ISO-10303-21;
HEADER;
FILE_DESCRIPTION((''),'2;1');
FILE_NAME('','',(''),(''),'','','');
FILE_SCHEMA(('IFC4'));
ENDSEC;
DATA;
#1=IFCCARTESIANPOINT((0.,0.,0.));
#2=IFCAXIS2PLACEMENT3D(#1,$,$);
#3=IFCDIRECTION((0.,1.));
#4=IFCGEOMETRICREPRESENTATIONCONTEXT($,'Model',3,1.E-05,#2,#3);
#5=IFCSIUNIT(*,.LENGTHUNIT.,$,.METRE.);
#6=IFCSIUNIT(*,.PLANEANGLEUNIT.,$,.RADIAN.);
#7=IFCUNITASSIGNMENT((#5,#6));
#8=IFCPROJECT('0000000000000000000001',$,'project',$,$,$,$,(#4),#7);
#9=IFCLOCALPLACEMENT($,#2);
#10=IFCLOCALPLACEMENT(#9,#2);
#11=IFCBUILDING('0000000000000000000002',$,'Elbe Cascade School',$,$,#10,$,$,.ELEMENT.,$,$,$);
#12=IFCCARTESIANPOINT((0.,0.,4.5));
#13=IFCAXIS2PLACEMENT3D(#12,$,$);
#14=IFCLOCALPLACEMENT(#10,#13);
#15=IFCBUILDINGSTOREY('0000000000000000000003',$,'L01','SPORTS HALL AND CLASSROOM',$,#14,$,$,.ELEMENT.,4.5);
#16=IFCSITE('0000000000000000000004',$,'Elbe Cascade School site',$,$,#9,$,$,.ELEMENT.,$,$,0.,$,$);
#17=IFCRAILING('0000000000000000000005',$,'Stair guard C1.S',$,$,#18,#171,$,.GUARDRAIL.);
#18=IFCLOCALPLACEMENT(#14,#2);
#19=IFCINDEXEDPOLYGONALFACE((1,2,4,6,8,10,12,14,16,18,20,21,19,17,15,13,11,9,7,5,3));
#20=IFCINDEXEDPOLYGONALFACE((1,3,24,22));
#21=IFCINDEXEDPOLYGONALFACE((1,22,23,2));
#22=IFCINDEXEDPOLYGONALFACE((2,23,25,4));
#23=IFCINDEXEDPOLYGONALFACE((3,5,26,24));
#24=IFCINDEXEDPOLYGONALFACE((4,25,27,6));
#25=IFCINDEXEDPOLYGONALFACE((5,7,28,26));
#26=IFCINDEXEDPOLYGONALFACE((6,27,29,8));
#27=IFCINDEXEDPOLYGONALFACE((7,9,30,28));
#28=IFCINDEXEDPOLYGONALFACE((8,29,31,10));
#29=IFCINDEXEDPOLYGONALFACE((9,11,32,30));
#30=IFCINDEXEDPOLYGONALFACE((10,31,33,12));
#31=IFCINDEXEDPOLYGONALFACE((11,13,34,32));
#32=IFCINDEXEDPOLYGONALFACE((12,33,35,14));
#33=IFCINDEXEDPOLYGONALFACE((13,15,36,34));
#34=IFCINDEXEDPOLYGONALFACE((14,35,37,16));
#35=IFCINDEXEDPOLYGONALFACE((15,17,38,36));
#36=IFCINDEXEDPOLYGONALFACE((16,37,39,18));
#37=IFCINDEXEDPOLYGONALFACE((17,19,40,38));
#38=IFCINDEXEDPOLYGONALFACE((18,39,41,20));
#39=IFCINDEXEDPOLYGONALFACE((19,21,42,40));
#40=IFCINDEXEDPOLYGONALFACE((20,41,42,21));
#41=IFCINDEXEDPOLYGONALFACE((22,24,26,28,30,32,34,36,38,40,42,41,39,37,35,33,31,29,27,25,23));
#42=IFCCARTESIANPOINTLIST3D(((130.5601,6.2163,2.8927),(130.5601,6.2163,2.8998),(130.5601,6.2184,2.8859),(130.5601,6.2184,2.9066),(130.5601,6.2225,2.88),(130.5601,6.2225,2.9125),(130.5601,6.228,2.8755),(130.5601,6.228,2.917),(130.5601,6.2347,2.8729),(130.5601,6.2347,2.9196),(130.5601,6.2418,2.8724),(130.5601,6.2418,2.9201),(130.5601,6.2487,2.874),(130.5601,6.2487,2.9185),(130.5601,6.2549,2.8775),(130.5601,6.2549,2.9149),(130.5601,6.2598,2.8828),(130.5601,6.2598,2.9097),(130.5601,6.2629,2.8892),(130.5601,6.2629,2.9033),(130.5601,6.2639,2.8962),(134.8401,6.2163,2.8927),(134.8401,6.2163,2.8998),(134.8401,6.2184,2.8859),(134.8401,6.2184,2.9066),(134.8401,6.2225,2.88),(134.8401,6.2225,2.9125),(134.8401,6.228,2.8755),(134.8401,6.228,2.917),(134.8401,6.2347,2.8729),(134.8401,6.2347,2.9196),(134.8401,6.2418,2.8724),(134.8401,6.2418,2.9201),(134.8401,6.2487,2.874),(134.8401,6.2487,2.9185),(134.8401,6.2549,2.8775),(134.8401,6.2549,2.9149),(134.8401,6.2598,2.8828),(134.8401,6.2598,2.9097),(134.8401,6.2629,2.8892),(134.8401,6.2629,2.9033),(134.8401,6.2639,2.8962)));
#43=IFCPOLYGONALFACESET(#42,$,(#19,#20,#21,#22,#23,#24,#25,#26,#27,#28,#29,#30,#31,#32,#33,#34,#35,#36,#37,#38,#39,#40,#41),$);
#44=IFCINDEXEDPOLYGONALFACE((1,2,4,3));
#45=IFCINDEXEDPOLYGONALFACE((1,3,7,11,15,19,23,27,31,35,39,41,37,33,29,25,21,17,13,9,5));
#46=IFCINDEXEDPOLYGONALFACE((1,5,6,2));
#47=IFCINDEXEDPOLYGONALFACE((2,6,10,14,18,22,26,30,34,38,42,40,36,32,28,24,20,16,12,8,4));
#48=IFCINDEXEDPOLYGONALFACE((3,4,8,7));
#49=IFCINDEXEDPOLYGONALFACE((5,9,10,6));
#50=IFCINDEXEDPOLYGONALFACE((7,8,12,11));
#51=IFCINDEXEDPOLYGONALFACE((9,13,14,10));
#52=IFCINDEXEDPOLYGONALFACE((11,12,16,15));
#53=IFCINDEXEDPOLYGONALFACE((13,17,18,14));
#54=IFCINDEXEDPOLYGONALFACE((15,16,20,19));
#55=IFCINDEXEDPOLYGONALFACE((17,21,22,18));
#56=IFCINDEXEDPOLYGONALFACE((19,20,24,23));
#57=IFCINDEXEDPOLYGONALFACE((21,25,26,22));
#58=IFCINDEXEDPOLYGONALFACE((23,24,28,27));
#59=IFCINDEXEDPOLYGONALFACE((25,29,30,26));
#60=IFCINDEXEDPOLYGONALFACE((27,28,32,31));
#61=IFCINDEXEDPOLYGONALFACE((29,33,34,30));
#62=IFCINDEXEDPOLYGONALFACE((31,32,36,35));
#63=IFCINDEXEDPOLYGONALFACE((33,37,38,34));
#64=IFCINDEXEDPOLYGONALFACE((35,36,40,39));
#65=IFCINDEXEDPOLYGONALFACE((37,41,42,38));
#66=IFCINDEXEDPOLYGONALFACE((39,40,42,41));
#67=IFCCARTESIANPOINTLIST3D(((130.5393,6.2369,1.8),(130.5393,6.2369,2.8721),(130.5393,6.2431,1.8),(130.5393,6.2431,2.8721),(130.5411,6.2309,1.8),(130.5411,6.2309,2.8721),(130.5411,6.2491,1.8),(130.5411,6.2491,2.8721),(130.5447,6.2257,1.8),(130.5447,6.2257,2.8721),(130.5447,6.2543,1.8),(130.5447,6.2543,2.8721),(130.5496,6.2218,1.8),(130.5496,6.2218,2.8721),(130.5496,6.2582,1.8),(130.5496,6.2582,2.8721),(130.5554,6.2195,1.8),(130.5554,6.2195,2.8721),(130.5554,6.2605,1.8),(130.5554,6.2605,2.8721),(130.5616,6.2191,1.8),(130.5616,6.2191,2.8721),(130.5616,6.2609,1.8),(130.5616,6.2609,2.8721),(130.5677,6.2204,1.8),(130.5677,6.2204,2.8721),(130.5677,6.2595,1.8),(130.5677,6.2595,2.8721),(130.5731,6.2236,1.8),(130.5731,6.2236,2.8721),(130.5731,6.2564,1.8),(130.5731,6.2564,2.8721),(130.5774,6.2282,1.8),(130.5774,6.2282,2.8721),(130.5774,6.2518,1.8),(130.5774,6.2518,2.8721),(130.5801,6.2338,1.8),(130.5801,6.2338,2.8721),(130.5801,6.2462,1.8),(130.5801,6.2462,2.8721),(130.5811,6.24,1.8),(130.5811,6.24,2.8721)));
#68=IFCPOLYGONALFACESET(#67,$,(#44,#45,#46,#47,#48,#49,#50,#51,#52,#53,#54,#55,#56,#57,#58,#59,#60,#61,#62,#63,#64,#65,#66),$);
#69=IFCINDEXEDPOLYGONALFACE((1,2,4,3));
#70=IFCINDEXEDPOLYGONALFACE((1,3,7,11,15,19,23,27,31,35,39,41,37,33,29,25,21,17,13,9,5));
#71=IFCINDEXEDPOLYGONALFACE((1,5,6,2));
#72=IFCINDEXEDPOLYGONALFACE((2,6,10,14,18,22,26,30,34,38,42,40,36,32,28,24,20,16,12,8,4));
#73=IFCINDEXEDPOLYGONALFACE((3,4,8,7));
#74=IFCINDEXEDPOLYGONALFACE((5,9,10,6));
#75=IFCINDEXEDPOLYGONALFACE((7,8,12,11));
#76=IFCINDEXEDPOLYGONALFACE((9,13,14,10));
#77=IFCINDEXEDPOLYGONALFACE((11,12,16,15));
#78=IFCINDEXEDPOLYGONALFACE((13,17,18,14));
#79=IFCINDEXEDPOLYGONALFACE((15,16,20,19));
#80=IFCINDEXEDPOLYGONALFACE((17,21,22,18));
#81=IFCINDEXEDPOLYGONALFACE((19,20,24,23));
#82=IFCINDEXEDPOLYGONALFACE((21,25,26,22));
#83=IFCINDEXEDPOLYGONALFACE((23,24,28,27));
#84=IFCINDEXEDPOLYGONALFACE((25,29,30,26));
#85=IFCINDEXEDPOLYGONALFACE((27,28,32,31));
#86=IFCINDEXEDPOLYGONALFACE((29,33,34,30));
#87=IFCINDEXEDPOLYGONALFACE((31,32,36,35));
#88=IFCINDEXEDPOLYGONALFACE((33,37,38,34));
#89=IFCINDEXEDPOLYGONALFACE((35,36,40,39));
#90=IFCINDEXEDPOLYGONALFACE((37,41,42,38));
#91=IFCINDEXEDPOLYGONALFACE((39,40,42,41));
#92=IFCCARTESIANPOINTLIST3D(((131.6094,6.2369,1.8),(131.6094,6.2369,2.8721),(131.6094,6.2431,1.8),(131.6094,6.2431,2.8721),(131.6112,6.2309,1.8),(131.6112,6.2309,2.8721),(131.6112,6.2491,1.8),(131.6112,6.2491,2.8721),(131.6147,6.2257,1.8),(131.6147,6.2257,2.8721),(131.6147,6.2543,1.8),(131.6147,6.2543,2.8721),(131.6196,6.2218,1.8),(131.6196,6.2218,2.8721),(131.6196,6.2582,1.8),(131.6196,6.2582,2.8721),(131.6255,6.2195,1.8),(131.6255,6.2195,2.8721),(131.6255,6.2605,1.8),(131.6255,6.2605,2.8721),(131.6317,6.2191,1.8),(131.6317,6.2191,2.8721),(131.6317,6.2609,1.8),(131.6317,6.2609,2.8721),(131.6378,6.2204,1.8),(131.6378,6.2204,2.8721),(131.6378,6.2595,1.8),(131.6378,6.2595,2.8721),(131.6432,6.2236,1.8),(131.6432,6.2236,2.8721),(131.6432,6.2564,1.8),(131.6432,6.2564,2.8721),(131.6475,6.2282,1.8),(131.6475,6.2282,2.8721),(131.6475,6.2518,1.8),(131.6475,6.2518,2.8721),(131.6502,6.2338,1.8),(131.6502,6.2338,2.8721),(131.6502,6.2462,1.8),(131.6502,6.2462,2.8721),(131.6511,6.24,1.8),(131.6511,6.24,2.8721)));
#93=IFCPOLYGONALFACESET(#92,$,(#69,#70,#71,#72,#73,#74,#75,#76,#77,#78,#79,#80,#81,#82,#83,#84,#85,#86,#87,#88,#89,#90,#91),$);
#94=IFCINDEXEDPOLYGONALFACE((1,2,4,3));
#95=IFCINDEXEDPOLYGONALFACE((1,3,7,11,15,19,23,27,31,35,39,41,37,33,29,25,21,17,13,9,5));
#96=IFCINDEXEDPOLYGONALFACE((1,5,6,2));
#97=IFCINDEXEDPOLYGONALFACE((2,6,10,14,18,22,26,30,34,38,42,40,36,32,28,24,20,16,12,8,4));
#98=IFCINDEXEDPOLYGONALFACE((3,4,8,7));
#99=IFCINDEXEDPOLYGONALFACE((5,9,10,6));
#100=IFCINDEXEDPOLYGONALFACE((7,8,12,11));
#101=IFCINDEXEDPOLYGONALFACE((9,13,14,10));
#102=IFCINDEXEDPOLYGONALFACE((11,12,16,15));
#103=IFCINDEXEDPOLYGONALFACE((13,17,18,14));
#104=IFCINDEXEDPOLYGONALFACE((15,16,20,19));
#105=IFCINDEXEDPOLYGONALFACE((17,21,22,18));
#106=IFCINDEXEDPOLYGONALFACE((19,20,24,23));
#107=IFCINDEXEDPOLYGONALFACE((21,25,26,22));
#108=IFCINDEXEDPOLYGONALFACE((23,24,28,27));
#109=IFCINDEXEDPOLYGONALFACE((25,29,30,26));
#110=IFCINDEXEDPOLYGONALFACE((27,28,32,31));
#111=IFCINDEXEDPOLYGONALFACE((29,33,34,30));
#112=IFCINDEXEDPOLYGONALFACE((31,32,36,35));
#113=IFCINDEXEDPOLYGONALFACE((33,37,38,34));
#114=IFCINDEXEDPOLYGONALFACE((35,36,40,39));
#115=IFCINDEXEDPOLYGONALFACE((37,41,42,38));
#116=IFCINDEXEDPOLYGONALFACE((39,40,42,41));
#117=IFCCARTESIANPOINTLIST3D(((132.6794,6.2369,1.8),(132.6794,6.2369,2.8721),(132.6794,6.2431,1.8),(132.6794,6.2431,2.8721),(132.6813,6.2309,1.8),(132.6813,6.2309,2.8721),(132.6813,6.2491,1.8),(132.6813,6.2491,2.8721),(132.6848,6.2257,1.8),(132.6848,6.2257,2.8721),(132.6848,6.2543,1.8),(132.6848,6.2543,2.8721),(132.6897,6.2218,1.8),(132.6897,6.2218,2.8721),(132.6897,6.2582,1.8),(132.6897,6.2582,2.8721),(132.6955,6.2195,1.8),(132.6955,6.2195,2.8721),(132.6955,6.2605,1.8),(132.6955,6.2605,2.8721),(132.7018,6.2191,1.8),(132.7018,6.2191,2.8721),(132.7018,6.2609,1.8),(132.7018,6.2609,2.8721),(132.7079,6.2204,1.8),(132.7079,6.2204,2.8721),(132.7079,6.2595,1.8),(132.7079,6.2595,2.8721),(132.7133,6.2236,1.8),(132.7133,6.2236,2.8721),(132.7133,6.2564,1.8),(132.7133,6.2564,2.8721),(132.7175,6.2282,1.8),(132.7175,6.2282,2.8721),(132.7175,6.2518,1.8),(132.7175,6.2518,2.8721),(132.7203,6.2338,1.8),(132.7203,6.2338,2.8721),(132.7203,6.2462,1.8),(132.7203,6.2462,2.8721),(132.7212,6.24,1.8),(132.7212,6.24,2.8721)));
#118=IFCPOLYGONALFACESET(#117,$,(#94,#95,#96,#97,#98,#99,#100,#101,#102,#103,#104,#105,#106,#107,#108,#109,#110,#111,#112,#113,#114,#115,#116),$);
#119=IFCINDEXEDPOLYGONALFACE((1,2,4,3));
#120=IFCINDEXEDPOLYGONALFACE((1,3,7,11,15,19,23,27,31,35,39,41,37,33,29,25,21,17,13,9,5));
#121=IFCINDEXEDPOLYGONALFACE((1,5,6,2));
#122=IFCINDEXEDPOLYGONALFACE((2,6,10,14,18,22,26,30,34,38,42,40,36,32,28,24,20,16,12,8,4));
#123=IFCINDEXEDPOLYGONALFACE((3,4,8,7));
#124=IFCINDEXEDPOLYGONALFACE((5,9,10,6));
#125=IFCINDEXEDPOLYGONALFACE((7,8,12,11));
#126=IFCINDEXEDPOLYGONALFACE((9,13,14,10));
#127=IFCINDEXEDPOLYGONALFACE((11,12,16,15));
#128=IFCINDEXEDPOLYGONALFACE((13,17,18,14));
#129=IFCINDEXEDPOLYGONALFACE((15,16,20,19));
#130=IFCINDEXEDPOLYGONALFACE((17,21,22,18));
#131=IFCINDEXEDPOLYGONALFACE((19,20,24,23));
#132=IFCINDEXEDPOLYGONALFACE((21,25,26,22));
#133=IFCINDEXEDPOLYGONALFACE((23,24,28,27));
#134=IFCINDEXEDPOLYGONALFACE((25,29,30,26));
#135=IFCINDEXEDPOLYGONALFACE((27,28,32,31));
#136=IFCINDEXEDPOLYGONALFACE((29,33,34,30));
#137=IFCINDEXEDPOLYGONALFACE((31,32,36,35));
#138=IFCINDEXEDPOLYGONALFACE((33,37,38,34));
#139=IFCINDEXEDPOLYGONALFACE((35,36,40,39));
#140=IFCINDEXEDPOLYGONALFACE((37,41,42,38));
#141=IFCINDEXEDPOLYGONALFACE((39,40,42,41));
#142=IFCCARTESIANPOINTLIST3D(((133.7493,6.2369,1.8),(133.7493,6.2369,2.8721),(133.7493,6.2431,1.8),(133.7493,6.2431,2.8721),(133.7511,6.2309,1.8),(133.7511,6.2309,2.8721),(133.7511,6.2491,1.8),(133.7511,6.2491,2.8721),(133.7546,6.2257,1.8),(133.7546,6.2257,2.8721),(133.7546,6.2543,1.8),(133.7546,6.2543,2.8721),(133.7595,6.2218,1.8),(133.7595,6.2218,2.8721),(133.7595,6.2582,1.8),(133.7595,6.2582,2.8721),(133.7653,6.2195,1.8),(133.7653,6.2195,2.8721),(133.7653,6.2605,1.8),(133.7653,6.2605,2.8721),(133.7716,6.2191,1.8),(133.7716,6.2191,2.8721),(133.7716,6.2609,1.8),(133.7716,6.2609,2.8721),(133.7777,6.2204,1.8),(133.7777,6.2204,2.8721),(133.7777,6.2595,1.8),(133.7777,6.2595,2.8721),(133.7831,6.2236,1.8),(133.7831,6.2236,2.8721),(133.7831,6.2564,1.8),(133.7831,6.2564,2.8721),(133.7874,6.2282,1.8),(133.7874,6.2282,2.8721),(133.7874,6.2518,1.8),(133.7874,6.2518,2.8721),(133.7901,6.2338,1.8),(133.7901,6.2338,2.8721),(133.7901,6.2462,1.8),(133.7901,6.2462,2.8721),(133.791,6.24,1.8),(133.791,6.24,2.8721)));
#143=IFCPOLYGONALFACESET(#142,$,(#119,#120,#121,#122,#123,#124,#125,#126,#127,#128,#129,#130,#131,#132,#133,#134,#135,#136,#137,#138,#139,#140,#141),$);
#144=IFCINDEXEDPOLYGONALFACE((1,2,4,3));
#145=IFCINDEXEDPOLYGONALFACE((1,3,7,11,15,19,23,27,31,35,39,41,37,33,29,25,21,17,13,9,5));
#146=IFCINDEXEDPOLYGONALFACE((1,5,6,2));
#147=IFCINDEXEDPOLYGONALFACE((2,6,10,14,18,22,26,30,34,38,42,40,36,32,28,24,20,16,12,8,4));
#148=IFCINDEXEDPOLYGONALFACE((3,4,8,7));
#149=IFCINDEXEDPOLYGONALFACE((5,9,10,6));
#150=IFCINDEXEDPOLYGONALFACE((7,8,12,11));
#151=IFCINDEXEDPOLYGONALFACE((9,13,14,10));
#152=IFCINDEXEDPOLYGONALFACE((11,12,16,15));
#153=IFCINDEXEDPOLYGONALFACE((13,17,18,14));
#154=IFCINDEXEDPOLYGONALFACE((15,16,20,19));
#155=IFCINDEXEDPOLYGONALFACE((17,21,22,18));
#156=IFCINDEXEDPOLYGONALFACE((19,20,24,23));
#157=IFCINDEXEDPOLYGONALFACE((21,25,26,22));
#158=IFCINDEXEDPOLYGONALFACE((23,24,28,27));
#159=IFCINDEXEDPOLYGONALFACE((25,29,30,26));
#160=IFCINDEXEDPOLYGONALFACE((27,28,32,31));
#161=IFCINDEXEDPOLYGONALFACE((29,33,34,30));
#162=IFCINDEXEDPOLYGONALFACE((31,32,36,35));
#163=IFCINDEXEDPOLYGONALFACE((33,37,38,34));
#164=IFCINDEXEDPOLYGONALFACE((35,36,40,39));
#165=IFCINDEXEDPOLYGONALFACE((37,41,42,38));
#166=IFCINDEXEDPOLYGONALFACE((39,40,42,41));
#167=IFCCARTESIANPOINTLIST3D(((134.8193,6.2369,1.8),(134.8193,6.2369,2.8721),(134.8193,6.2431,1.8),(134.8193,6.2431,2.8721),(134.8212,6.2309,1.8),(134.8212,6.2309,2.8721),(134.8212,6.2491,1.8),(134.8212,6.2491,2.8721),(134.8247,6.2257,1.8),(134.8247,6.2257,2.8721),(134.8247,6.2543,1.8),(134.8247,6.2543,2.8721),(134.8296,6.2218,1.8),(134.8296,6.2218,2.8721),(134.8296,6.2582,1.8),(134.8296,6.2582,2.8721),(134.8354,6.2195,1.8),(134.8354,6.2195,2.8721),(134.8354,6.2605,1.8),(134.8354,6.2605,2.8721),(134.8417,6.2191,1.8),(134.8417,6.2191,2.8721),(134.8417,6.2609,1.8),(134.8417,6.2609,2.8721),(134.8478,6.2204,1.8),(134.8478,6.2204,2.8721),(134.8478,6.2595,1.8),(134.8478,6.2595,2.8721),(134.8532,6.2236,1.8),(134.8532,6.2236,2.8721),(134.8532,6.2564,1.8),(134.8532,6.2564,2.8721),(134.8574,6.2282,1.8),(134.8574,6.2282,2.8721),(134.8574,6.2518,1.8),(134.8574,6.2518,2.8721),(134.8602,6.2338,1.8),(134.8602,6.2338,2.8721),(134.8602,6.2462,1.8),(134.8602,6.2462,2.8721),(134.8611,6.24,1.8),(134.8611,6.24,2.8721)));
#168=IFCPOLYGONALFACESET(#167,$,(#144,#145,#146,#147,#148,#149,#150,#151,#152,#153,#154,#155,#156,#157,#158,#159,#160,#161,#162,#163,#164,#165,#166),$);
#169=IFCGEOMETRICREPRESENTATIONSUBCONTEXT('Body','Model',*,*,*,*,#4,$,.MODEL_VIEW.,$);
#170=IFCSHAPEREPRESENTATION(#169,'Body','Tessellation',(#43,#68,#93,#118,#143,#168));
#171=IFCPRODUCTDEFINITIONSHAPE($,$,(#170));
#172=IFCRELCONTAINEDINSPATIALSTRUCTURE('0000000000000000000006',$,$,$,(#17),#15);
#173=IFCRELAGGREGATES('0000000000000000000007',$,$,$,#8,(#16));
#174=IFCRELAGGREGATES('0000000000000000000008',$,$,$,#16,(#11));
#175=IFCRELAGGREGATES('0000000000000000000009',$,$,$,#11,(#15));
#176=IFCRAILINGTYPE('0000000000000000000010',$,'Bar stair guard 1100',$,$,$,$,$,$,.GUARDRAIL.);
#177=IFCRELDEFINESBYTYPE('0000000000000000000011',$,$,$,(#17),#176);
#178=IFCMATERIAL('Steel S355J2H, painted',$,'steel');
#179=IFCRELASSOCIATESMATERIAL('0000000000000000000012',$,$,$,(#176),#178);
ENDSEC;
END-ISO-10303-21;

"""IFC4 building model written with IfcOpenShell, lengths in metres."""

from ifc_helpers import new_model, si_unit, direction, frame, origin, origin_2d, place, context, subcontext, project, spatial, circle, extrude, material, type_object, element, save


model = new_model("IFC4")

# Units and contexts
model_context = context("Model", 3, precision=1e-05, world=origin(), true_north=direction((0.0, 1.0)))
body_context = subcontext(model_context, "Body", "Model", "MODEL_VIEW")
ifc_project = project(units=[si_unit("LENGTHUNIT", "METRE"), si_unit("PLANEANGLEUNIT", "RADIAN")], contexts=[model_context])

# Site, building, storey
site_placement = place(None, origin())
site = spatial("IfcSite", under=ifc_project, at=site_placement, Name="Elbe Cascade School site", CompositionType="ELEMENT", RefElevation=0.0)
building_placement = place(site_placement, origin())
building = spatial("IfcBuilding", under=site, at=building_placement, Name="Elbe Cascade School", CompositionType="ELEMENT")
storey_placement = place(building_placement, frame((0.0, 0.0, 4.5)))
storey = spatial("IfcBuildingStorey", under=building, at=storey_placement, Name="L01", Description="SPORTS HALL AND CLASSROOM", CompositionType="ELEMENT", Elevation=4.5)

# Railing
ifc_material_1 = material(Name="Steel S355J2H, painted", Category="steel")
railing_type_1 = type_object("IfcRailingType", Name="Bar stair guard 1100", PredefinedType="GUARDRAIL", material=ifc_material_1)
railing_1_placement = place(storey_placement, frame((130.5601, 6.24, 1.8)))
element("IfcRailing", 1, at=railing_1_placement, inside=storey, type_object=railing_type_1, Name="Stair guard C1.S", PredefinedType="GUARDRAIL", context=body_context, shape_type="SweptSolid", body=[
    extrude(circle(Radius=0.0239, at=origin_2d()), frame((0.0, 0.0, 1.0962), z_axis=(1.0, 0.0, 0.0), x_axis=(0.0, 1.0, 0.0)), (0.0, 0.0, 1.0), 4.28),
    extrude(circle(Radius=0.021, at=origin_2d()), origin(), (0.0, 0.0, 1.0), 1.072),
    extrude(circle(Radius=0.021, at=origin_2d()), frame((1.0701, 0.0, 0.0)), (0.0, 0.0, 1.0), 1.072),
    extrude(circle(Radius=0.021, at=origin_2d()), frame((2.1401, 0.0, 0.0)), (0.0, 0.0, 1.0), 1.072),
    extrude(circle(Radius=0.021, at=origin_2d()), frame((3.21, 0.0, 0.0)), (0.0, 0.0, 1.0), 1.072),
    extrude(circle(Radius=0.021, at=origin_2d()), frame((4.28, 0.0, 0.0)), (0.0, 0.0, 1.0), 1.072),
])

save(model, "model.ifc")
